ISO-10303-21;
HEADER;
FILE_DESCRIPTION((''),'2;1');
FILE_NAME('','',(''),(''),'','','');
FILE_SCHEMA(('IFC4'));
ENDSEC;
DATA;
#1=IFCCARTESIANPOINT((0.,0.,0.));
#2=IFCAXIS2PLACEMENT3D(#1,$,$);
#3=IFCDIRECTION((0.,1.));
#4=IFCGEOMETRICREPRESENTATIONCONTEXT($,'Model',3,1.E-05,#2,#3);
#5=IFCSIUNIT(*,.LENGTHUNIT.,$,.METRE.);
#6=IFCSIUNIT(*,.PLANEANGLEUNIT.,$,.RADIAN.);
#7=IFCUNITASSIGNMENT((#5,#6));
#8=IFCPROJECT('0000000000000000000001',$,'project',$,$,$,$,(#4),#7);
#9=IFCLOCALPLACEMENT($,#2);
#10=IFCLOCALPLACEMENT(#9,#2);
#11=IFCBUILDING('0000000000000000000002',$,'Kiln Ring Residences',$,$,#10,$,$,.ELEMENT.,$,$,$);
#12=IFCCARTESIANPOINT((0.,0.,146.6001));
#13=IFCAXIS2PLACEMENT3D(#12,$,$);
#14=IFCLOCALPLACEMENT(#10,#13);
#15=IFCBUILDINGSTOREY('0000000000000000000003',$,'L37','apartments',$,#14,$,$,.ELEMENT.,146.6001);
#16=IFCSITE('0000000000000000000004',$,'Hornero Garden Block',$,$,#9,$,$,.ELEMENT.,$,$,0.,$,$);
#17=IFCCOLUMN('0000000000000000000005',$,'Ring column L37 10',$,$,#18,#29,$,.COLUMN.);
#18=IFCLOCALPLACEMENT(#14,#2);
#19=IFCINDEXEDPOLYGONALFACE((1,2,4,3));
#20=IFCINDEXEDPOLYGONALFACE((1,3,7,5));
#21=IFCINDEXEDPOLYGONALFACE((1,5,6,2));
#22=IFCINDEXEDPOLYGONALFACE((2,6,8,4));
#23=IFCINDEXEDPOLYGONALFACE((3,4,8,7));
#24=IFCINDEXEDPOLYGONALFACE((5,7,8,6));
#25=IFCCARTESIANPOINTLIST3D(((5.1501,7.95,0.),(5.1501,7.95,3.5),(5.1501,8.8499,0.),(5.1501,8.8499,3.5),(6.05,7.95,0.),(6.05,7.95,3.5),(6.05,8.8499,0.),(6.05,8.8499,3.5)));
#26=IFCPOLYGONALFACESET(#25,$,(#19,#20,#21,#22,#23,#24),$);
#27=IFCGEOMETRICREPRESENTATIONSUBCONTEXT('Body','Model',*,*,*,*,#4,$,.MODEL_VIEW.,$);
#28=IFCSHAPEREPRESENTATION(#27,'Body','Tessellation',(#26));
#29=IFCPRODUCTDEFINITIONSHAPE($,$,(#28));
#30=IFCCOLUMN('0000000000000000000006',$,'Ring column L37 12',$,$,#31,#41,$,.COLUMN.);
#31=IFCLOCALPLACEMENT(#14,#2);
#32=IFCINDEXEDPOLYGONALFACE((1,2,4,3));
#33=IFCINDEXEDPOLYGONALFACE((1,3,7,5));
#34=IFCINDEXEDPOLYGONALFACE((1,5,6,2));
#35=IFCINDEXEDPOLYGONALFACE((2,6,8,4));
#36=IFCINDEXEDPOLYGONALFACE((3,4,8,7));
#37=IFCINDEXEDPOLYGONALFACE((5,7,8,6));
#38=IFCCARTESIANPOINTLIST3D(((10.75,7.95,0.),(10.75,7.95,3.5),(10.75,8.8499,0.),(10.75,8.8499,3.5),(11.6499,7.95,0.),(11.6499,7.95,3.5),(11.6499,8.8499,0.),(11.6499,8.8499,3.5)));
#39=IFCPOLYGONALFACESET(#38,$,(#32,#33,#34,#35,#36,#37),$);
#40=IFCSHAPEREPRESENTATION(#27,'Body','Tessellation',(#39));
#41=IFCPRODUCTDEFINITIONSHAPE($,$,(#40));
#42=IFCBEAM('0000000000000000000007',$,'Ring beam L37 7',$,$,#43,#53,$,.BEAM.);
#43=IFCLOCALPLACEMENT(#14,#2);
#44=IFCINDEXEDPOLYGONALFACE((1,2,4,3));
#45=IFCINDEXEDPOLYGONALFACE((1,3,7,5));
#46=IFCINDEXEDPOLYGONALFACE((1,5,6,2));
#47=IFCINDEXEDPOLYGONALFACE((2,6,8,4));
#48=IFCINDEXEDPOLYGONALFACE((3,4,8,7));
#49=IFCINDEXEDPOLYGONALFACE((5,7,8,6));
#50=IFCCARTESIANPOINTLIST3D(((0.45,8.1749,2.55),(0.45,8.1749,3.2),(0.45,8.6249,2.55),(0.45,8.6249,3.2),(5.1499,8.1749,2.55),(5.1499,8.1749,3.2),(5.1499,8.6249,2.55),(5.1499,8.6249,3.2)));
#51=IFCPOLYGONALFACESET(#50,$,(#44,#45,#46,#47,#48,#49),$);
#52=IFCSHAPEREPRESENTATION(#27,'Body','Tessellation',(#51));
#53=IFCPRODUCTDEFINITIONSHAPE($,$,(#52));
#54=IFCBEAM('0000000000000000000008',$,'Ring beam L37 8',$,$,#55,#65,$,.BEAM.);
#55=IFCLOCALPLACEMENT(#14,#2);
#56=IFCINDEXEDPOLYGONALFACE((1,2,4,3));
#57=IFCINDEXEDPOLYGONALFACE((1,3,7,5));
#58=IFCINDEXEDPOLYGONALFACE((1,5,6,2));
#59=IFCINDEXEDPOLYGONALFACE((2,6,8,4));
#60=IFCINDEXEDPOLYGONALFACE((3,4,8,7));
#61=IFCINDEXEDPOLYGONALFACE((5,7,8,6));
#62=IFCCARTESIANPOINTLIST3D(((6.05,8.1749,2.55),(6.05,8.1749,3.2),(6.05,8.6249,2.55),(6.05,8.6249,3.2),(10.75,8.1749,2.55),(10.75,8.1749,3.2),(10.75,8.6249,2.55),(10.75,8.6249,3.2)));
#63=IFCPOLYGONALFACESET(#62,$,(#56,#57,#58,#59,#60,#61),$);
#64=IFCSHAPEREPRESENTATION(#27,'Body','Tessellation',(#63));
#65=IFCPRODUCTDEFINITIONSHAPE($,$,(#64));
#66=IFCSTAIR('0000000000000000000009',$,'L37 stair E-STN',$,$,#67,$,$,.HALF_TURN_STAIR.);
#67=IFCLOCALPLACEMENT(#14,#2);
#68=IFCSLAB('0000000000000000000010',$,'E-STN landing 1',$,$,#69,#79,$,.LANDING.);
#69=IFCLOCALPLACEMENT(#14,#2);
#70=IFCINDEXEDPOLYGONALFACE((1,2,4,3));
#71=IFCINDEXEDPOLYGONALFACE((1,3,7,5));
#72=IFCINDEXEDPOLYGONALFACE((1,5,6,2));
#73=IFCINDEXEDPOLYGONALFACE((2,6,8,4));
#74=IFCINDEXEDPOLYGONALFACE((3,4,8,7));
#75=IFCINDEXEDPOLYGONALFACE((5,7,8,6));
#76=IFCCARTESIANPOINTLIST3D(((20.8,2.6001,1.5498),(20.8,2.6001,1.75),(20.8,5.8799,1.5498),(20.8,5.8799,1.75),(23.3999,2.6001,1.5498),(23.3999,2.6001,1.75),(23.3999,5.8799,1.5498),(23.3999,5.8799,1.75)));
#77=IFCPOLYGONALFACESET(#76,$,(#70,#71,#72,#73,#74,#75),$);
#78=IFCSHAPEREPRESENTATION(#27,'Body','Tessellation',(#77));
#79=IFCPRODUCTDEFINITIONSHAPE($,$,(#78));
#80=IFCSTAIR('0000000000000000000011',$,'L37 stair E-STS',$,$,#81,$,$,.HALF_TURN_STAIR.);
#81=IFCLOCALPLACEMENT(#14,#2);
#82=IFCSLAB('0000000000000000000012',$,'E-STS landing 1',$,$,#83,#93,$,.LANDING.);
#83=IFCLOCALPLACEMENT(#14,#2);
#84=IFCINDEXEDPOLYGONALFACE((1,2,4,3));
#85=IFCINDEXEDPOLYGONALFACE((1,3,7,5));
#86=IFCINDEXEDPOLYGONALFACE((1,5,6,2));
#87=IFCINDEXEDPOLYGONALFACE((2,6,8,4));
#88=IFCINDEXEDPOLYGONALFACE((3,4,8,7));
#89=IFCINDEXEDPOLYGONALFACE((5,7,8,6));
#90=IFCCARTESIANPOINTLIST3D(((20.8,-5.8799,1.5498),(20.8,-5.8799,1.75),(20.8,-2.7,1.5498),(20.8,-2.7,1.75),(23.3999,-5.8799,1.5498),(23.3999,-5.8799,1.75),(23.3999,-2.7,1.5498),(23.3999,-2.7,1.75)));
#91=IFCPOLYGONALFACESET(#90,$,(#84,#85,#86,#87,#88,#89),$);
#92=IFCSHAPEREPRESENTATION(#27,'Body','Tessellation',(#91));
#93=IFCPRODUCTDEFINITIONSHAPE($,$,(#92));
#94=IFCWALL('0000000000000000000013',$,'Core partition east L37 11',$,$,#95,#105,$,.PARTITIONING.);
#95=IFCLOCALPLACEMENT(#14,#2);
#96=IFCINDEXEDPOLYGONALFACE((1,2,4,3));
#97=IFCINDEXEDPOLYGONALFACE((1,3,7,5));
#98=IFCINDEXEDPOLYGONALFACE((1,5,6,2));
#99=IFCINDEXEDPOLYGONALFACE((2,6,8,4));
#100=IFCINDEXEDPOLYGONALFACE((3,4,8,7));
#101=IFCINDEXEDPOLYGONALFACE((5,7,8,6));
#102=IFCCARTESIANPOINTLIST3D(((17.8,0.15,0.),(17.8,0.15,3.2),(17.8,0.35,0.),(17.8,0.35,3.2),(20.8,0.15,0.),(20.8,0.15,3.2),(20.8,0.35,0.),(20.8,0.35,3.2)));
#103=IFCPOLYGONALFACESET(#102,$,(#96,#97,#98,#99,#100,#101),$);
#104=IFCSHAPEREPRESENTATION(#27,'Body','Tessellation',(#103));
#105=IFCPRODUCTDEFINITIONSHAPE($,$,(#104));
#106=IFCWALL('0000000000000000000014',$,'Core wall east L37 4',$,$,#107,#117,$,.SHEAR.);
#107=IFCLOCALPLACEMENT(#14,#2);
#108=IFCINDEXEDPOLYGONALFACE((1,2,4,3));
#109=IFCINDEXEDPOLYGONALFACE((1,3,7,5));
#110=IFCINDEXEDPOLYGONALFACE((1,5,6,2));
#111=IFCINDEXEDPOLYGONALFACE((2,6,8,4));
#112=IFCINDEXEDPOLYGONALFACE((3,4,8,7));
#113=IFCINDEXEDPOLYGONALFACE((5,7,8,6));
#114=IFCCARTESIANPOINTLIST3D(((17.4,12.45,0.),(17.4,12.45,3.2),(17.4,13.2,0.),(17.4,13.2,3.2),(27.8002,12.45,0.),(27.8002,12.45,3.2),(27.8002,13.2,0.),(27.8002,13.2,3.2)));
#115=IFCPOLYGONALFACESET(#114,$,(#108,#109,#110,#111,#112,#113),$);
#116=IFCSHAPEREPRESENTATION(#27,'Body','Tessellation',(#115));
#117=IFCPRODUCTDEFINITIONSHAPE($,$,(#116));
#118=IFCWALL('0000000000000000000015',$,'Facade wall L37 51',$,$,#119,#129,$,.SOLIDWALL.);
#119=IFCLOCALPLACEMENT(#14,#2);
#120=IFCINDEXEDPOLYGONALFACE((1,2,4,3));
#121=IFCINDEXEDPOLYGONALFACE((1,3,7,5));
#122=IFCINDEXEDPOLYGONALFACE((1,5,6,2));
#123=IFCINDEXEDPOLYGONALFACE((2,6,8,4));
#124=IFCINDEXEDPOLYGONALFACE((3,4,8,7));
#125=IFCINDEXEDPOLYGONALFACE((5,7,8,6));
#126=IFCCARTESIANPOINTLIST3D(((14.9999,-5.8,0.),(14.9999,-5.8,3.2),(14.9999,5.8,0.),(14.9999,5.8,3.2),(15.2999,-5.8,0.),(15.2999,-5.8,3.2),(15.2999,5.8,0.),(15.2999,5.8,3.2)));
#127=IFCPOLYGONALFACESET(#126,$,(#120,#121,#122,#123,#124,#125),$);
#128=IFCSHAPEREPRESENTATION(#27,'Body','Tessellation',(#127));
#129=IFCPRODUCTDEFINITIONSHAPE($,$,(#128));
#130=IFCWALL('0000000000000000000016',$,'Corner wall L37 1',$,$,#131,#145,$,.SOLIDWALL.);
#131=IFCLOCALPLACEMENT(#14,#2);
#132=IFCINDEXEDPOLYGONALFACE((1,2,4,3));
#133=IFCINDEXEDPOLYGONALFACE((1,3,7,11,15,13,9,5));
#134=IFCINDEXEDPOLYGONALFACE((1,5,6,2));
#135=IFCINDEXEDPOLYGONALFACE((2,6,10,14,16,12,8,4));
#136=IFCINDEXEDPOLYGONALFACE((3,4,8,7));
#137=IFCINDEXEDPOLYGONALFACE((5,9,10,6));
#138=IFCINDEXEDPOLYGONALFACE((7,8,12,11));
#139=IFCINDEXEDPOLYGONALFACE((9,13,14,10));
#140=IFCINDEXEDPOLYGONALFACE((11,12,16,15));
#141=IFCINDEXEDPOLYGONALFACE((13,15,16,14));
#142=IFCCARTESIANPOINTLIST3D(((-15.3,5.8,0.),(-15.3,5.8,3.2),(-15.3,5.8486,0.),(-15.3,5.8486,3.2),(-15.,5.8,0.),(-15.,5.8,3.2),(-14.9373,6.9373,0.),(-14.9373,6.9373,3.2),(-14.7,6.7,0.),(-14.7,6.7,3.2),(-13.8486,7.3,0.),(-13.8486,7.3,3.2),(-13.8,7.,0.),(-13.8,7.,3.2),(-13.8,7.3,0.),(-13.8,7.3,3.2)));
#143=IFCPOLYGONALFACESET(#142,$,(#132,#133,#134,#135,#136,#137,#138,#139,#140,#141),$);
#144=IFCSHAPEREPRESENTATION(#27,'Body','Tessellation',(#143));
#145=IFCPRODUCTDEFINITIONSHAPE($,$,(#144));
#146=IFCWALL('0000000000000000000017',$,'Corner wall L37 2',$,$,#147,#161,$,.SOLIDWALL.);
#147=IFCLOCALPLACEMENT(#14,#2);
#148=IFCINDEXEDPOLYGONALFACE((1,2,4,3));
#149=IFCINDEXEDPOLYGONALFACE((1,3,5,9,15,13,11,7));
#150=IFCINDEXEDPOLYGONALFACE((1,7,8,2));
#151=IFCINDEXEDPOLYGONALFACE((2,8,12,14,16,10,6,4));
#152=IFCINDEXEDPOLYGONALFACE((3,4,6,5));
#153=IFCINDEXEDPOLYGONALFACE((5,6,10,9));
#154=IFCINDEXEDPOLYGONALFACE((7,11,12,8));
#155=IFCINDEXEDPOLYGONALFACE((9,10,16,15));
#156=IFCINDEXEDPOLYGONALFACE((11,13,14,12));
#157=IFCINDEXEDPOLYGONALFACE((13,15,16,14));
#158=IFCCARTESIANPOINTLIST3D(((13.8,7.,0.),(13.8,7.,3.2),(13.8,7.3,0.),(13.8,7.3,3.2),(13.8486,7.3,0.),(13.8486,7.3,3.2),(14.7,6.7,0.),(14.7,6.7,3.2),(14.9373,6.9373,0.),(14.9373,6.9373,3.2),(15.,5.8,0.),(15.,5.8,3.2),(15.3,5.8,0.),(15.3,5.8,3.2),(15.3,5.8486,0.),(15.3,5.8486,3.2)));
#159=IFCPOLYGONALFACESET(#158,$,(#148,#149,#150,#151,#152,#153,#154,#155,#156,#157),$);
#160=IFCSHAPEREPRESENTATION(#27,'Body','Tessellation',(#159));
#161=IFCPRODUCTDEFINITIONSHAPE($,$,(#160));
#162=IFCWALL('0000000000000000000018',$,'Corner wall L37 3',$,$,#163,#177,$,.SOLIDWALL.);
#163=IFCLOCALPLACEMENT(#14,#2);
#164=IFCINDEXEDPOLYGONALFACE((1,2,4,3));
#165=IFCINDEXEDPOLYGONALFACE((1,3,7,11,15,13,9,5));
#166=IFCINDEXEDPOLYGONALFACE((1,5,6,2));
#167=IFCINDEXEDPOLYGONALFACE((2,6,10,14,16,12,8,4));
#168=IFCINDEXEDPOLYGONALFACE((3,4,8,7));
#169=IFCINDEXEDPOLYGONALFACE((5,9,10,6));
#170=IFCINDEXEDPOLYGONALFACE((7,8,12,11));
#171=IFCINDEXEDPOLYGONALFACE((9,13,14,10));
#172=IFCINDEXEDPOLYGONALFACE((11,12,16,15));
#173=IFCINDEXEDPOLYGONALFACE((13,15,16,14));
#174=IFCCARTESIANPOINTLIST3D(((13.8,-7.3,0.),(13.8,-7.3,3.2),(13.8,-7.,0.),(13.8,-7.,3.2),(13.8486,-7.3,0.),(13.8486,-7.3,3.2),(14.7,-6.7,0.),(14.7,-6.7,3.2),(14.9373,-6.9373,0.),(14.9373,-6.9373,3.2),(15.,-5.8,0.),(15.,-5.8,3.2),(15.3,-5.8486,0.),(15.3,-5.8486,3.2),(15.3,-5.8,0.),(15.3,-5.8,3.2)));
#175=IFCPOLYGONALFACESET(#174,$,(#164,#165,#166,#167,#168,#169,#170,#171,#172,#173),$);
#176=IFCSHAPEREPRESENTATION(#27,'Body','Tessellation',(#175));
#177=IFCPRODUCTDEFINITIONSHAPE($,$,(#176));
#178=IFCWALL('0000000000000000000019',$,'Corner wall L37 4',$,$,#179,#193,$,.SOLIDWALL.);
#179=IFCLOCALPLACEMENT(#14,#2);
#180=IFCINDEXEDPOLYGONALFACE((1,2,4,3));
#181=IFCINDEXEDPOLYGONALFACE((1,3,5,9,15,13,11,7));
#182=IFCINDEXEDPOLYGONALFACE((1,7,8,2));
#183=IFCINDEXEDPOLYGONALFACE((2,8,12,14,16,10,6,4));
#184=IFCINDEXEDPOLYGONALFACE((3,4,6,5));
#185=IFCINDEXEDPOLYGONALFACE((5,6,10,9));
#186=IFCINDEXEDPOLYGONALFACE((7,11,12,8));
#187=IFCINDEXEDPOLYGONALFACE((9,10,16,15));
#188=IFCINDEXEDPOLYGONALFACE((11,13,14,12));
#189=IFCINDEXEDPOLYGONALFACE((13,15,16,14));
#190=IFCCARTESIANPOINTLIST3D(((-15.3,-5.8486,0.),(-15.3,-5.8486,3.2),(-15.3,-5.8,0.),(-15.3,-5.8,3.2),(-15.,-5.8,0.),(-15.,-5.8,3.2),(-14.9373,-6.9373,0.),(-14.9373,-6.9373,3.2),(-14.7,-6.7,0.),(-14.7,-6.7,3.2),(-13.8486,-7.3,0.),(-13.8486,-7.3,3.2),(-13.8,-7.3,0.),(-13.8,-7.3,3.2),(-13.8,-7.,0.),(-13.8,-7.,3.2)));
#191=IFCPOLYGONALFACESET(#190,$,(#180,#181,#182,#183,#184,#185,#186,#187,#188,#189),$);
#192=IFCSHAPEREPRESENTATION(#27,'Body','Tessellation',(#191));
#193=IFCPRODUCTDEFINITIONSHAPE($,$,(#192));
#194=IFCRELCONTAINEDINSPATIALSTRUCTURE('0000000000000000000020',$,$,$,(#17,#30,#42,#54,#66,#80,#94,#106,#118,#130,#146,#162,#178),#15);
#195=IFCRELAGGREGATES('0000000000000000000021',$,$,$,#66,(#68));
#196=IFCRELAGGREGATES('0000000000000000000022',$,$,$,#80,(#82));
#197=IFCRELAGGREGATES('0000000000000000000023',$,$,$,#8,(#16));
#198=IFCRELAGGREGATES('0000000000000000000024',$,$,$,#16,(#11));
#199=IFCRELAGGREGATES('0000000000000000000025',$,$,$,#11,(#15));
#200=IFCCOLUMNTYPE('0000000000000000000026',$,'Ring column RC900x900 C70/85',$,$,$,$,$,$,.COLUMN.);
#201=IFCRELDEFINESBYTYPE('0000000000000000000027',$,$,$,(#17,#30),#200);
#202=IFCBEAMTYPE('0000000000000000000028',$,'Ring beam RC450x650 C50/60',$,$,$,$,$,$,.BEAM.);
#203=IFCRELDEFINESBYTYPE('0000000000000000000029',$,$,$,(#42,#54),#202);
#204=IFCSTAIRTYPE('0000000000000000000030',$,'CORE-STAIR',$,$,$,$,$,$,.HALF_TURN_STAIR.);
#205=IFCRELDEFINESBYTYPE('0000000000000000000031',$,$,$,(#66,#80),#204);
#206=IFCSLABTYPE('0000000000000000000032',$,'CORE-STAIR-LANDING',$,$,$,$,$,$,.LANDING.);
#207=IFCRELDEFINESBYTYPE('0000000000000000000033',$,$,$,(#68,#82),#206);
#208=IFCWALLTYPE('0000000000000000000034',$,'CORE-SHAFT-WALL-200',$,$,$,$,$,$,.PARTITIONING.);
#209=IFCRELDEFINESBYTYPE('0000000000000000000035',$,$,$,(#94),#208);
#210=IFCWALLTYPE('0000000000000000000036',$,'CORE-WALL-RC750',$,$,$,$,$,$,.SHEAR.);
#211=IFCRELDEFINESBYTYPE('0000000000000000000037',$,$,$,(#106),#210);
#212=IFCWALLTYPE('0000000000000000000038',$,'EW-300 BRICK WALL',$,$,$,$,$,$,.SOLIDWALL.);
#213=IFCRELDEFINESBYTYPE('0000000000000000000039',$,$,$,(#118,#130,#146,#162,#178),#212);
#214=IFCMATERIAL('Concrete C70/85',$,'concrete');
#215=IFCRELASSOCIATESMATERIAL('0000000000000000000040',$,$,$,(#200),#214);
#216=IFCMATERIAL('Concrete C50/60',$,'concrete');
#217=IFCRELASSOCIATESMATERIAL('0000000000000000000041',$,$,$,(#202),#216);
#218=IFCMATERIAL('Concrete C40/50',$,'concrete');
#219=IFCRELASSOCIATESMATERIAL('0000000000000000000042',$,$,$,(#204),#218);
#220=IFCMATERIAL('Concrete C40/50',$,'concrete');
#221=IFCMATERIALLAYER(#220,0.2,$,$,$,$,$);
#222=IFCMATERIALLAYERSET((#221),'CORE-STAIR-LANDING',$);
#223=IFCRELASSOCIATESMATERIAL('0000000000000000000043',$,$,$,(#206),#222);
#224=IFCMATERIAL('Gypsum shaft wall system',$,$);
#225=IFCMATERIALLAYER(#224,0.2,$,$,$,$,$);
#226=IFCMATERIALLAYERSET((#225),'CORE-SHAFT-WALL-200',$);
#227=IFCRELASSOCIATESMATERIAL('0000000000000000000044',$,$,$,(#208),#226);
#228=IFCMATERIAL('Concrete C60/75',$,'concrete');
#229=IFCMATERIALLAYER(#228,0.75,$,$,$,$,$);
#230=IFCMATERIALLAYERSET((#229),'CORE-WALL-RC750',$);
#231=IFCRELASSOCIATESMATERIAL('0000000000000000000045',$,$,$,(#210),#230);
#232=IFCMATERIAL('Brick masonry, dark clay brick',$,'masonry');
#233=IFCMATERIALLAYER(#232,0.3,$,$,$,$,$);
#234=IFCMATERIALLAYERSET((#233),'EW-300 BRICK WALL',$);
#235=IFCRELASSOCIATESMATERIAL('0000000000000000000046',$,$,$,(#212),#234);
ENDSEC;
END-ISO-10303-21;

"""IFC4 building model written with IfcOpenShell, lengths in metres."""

from ifc_helpers import new_model, si_unit, direction, frame, frame_2d, origin, origin_2d, place, context, subcontext, project, spatial, polyline, rectangle, outline, extrude, material, layer, layer_set, material_profile, profile_set, type_object, element, aggregate, save


model = new_model("IFC4")

# Units and contexts
model_context = context("Model", 3, precision=1e-05, world=origin(), true_north=direction((0.0, 1.0)))
body_context = subcontext(model_context, "Body", "Model", "MODEL_VIEW")
ifc_project = project(units=[si_unit("LENGTHUNIT", "METRE"), si_unit("PLANEANGLEUNIT", "RADIAN")], contexts=[model_context])

# Site, building, storey
site_placement = place(None, origin())
site = spatial("IfcSite", under=ifc_project, at=site_placement, Name="Hornero Garden Block", CompositionType="ELEMENT", RefElevation=0.0)
building_placement = place(site_placement, origin())
building = spatial("IfcBuilding", under=site, at=building_placement, Name="Kiln Ring Residences", CompositionType="ELEMENT")
storey_placement = place(building_placement, frame((0.0, 0.0, 146.6001)))
storey = spatial("IfcBuildingStorey", under=building, at=storey_placement, Name="L37", Description="apartments", CompositionType="ELEMENT", Elevation=146.6001)

# Columns
ifc_material_1 = material(Name="Concrete C70/85", Category="concrete")
ifc_material_profile_1 = material_profile(ifc_material_1, rectangle(XDim=0.8999, YDim=0.8999, at=origin_2d()), Name="RC900x900")
ifc_profile_set_1 = profile_set([ifc_material_profile_1], Name="Concrete C70/85")
column_type = type_object("IfcColumnType", Name="Ring column RC900x900 C70/85", PredefinedType="COLUMN", material=ifc_profile_set_1)
for number, where, z_axis, x_axis, name in (
    (1, (5.6001, 8.3999, 0.0), (0.0, 0.0, 1.0), (1.0, 0.0, 0.0), "Ring column L37 10"),
    (2, (11.2, 8.3999, 0.0), (0.0, 0.0, 1.0), (1.0, 0.0, 0.0), "Ring column L37 12"),
):
    element("IfcColumn", number, at=place(storey_placement, frame(where, z_axis=z_axis, x_axis=x_axis)), inside=storey, type_object=column_type, Name=name, PredefinedType="COLUMN", context=body_context, shape_type="SweptSolid", body=[
        extrude(rectangle(XDim=0.8999, YDim=0.8999, at=origin_2d()), origin(), (0.0, 0.0, 1.0), 3.5),
    ])

# Beams
ifc_material_2 = material(Name="Concrete C50/60", Category="concrete")
ifc_material_profile_2 = material_profile(ifc_material_2, rectangle(XDim=0.45, YDim=0.6499, at=origin_2d()), Name="RC450x650")
ifc_profile_set_2 = profile_set([ifc_material_profile_2], Name="Concrete C50/60")
beam_type = type_object("IfcBeamType", Name="Ring beam RC450x650 C50/60", PredefinedType="BEAM", material=ifc_profile_set_2)
for number, where, z_axis, x_axis, name in (
    (3, (0.45, 8.3999, 2.875), (1.0, 0.0, 0.0), (0.0, 1.0, 0.0), "Ring beam L37 7"),
    (4, (6.05, 8.3999, 2.875), (1.0, 0.0, 0.0), (0.0, 1.0, 0.0), "Ring beam L37 8"),
):
    element("IfcBeam", number, at=place(storey_placement, frame(where, z_axis=z_axis, x_axis=x_axis)), inside=storey, type_object=beam_type, Name=name, PredefinedType="BEAM", context=body_context, shape_type="SweptSolid", body=[
        extrude(rectangle(XDim=0.45, YDim=0.6499, at=origin_2d()), origin(), (0.0, 0.0, 1.0), 4.7),
    ])

# Stairs, slabs
ifc_material_3 = material(Name="Concrete C40/50", Category="concrete")
stair_type = type_object("IfcStairType", Name="CORE-STAIR", PredefinedType="HALF_TURN_STAIR", material=ifc_material_3)
placement_1 = place(storey_placement, origin())
stair_1 = element("IfcStair", 5, at=placement_1, inside=storey, type_object=stair_type, Name="L37 stair E-STN", PredefinedType="HALF_TURN_STAIR")
ifc_material_4 = material(Name="Concrete C40/50", Category="concrete")
ifc_layer_1 = layer(ifc_material_4, 0.2)
ifc_layer_set_1 = layer_set([ifc_layer_1], Name="CORE-STAIR-LANDING")
slab_type = type_object("IfcSlabType", Name="CORE-STAIR-LANDING", PredefinedType="LANDING", material=ifc_layer_set_1)
placement_2 = place(storey_placement, frame((0.0, 0.0, 1.5498)))
slab_1 = element("IfcSlab", 6, at=placement_2, type_object=slab_type, Name="E-STN landing 1", PredefinedType="LANDING", context=body_context, shape_type="SweptSolid", body=[
    extrude(outline(polyline([(20.8, 5.8799), (20.8, 2.6001), (23.3999, 2.6001), (23.3999, 5.8799), (20.8, 5.8799)])), origin(), (0.0, 0.0, 1.0), 0.2002),
])
aggregate(stair_1, [slab_1])
stair_2 = element("IfcStair", 7, at=placement_1, inside=storey, type_object=stair_type, Name="L37 stair E-STS", PredefinedType="HALF_TURN_STAIR")
slab_2 = element("IfcSlab", 8, at=placement_2, type_object=slab_type, Name="E-STS landing 1", PredefinedType="LANDING", context=body_context, shape_type="SweptSolid", body=[
    extrude(outline(polyline([(23.3999, -5.8799), (23.3999, -2.7), (20.8, -2.7), (20.8, -5.8799), (23.3999, -5.8799)])), origin(), (0.0, 0.0, 1.0), 0.2002),
])
aggregate(stair_2, [slab_2])

# Walls
ifc_material_5 = material(Name="Gypsum shaft wall system")
ifc_layer_2 = layer(ifc_material_5, 0.2)
ifc_layer_set_2 = layer_set([ifc_layer_2], Name="CORE-SHAFT-WALL-200")
wall_type_1 = type_object("IfcWallType", Name="CORE-SHAFT-WALL-200", PredefinedType="PARTITIONING", material=ifc_layer_set_2)
wall_1_placement = place(storey_placement, frame((17.8, 0.25, 0.0), z_axis=(0.0, 0.0, 1.0), x_axis=(1.0, 0.0, 0.0)))
element("IfcWall", 9, at=wall_1_placement, inside=storey, type_object=wall_type_1, Name="Core partition east L37 11", PredefinedType="PARTITIONING", context=body_context, shape_type="SweptSolid", body=[
    extrude(rectangle(XDim=3.0, YDim=0.2, at=frame_2d((1.5, 0.0))), origin(), (0.0, 0.0, 1.0), 3.2),
])
ifc_material_6 = material(Name="Concrete C60/75", Category="concrete")
ifc_layer_3 = layer(ifc_material_6, 0.75)
ifc_layer_set_3 = layer_set([ifc_layer_3], Name="CORE-WALL-RC750")
wall_type_2 = type_object("IfcWallType", Name="CORE-WALL-RC750", PredefinedType="SHEAR", material=ifc_layer_set_3)
wall_2_placement = place(storey_placement, frame((17.3999, 12.825, 0.0), z_axis=(0.0, 0.0, 1.0), x_axis=(1.0, 0.0, 0.0)))
element("IfcWall", 10, at=wall_2_placement, inside=storey, type_object=wall_type_2, Name="Core wall east L37 4", PredefinedType="SHEAR", context=body_context, shape_type="SweptSolid", body=[
    extrude(rectangle(XDim=10.4001, YDim=0.75, at=frame_2d((5.2002, 0.0))), origin(), (0.0, 0.0, 1.0), 3.2),
])
ifc_material_7 = material(Name="Brick masonry, dark clay brick", Category="masonry")
ifc_layer_4 = layer(ifc_material_7, 0.3)
ifc_layer_set_4 = layer_set([ifc_layer_4], Name="EW-300 BRICK WALL")
wall_type_3 = type_object("IfcWallType", Name="EW-300 BRICK WALL", PredefinedType="SOLIDWALL", material=ifc_layer_set_4)
wall_3_placement = place(storey_placement, frame((15.1499, 5.8, 0.0), z_axis=(0.0, 0.0, 1.0), x_axis=(0.0, -1.0, 0.0)))
element("IfcWall", 11, at=wall_3_placement, inside=storey, type_object=wall_type_3, Name="Facade wall L37 51", PredefinedType="SOLIDWALL", context=body_context, shape_type="SweptSolid", body=[
    extrude(rectangle(XDim=11.6001, YDim=0.3, at=frame_2d((5.8, 0.0))), origin(), (0.0, 0.0, 1.0), 3.2),
])
element("IfcWall", 12, at=placement_1, inside=storey, type_object=wall_type_3, Name="Corner wall L37 1", PredefinedType="SOLIDWALL", context=body_context, shape_type="SweptSolid", body=[
    extrude(outline(polyline([(-13.8486, 7.3), (-14.9373, 6.9373), (-15.3, 5.8486), (-15.3, 5.8), (-15.0, 5.8), (-14.7, 6.7), (-13.8, 7.0), (-13.8, 7.3), (-13.8486, 7.3)])), origin(), (0.0, 0.0, 1.0), 3.2),
])
element("IfcWall", 13, at=placement_1, inside=storey, type_object=wall_type_3, Name="Corner wall L37 2", PredefinedType="SOLIDWALL", context=body_context, shape_type="SweptSolid", body=[
    extrude(outline(polyline([(14.9373, 6.9373), (13.8486, 7.3), (13.8, 7.3), (13.8, 7.0), (14.7, 6.7), (15.0, 5.8), (15.3, 5.8), (15.3, 5.8486), (14.9373, 6.9373)])), origin(), (0.0, 0.0, 1.0), 3.2),
])
element("IfcWall", 14, at=placement_1, inside=storey, type_object=wall_type_3, Name="Corner wall L37 3", PredefinedType="SOLIDWALL", context=body_context, shape_type="SweptSolid", body=[
    extrude(outline(polyline([(14.9373, -6.9373), (15.3, -5.8486), (15.3, -5.8), (15.0, -5.8), (14.7, -6.7), (13.8, -7.0), (13.8, -7.3), (13.8486, -7.3), (14.9373, -6.9373)])), origin(), (0.0, 0.0, 1.0), 3.2),
])
element("IfcWall", 15, at=placement_1, inside=storey, type_object=wall_type_3, Name="Corner wall L37 4", PredefinedType="SOLIDWALL", context=body_context, shape_type="SweptSolid", body=[
    extrude(outline(polyline([(-14.9373, -6.9373), (-13.8486, -7.3), (-13.8, -7.3), (-13.8, -7.0), (-14.7, -6.7), (-15.0, -5.8), (-15.3, -5.8), (-15.3, -5.8486), (-14.9373, -6.9373)])), origin(), (0.0, 0.0, 1.0), 3.2),
])

save(model, "model.ifc")
